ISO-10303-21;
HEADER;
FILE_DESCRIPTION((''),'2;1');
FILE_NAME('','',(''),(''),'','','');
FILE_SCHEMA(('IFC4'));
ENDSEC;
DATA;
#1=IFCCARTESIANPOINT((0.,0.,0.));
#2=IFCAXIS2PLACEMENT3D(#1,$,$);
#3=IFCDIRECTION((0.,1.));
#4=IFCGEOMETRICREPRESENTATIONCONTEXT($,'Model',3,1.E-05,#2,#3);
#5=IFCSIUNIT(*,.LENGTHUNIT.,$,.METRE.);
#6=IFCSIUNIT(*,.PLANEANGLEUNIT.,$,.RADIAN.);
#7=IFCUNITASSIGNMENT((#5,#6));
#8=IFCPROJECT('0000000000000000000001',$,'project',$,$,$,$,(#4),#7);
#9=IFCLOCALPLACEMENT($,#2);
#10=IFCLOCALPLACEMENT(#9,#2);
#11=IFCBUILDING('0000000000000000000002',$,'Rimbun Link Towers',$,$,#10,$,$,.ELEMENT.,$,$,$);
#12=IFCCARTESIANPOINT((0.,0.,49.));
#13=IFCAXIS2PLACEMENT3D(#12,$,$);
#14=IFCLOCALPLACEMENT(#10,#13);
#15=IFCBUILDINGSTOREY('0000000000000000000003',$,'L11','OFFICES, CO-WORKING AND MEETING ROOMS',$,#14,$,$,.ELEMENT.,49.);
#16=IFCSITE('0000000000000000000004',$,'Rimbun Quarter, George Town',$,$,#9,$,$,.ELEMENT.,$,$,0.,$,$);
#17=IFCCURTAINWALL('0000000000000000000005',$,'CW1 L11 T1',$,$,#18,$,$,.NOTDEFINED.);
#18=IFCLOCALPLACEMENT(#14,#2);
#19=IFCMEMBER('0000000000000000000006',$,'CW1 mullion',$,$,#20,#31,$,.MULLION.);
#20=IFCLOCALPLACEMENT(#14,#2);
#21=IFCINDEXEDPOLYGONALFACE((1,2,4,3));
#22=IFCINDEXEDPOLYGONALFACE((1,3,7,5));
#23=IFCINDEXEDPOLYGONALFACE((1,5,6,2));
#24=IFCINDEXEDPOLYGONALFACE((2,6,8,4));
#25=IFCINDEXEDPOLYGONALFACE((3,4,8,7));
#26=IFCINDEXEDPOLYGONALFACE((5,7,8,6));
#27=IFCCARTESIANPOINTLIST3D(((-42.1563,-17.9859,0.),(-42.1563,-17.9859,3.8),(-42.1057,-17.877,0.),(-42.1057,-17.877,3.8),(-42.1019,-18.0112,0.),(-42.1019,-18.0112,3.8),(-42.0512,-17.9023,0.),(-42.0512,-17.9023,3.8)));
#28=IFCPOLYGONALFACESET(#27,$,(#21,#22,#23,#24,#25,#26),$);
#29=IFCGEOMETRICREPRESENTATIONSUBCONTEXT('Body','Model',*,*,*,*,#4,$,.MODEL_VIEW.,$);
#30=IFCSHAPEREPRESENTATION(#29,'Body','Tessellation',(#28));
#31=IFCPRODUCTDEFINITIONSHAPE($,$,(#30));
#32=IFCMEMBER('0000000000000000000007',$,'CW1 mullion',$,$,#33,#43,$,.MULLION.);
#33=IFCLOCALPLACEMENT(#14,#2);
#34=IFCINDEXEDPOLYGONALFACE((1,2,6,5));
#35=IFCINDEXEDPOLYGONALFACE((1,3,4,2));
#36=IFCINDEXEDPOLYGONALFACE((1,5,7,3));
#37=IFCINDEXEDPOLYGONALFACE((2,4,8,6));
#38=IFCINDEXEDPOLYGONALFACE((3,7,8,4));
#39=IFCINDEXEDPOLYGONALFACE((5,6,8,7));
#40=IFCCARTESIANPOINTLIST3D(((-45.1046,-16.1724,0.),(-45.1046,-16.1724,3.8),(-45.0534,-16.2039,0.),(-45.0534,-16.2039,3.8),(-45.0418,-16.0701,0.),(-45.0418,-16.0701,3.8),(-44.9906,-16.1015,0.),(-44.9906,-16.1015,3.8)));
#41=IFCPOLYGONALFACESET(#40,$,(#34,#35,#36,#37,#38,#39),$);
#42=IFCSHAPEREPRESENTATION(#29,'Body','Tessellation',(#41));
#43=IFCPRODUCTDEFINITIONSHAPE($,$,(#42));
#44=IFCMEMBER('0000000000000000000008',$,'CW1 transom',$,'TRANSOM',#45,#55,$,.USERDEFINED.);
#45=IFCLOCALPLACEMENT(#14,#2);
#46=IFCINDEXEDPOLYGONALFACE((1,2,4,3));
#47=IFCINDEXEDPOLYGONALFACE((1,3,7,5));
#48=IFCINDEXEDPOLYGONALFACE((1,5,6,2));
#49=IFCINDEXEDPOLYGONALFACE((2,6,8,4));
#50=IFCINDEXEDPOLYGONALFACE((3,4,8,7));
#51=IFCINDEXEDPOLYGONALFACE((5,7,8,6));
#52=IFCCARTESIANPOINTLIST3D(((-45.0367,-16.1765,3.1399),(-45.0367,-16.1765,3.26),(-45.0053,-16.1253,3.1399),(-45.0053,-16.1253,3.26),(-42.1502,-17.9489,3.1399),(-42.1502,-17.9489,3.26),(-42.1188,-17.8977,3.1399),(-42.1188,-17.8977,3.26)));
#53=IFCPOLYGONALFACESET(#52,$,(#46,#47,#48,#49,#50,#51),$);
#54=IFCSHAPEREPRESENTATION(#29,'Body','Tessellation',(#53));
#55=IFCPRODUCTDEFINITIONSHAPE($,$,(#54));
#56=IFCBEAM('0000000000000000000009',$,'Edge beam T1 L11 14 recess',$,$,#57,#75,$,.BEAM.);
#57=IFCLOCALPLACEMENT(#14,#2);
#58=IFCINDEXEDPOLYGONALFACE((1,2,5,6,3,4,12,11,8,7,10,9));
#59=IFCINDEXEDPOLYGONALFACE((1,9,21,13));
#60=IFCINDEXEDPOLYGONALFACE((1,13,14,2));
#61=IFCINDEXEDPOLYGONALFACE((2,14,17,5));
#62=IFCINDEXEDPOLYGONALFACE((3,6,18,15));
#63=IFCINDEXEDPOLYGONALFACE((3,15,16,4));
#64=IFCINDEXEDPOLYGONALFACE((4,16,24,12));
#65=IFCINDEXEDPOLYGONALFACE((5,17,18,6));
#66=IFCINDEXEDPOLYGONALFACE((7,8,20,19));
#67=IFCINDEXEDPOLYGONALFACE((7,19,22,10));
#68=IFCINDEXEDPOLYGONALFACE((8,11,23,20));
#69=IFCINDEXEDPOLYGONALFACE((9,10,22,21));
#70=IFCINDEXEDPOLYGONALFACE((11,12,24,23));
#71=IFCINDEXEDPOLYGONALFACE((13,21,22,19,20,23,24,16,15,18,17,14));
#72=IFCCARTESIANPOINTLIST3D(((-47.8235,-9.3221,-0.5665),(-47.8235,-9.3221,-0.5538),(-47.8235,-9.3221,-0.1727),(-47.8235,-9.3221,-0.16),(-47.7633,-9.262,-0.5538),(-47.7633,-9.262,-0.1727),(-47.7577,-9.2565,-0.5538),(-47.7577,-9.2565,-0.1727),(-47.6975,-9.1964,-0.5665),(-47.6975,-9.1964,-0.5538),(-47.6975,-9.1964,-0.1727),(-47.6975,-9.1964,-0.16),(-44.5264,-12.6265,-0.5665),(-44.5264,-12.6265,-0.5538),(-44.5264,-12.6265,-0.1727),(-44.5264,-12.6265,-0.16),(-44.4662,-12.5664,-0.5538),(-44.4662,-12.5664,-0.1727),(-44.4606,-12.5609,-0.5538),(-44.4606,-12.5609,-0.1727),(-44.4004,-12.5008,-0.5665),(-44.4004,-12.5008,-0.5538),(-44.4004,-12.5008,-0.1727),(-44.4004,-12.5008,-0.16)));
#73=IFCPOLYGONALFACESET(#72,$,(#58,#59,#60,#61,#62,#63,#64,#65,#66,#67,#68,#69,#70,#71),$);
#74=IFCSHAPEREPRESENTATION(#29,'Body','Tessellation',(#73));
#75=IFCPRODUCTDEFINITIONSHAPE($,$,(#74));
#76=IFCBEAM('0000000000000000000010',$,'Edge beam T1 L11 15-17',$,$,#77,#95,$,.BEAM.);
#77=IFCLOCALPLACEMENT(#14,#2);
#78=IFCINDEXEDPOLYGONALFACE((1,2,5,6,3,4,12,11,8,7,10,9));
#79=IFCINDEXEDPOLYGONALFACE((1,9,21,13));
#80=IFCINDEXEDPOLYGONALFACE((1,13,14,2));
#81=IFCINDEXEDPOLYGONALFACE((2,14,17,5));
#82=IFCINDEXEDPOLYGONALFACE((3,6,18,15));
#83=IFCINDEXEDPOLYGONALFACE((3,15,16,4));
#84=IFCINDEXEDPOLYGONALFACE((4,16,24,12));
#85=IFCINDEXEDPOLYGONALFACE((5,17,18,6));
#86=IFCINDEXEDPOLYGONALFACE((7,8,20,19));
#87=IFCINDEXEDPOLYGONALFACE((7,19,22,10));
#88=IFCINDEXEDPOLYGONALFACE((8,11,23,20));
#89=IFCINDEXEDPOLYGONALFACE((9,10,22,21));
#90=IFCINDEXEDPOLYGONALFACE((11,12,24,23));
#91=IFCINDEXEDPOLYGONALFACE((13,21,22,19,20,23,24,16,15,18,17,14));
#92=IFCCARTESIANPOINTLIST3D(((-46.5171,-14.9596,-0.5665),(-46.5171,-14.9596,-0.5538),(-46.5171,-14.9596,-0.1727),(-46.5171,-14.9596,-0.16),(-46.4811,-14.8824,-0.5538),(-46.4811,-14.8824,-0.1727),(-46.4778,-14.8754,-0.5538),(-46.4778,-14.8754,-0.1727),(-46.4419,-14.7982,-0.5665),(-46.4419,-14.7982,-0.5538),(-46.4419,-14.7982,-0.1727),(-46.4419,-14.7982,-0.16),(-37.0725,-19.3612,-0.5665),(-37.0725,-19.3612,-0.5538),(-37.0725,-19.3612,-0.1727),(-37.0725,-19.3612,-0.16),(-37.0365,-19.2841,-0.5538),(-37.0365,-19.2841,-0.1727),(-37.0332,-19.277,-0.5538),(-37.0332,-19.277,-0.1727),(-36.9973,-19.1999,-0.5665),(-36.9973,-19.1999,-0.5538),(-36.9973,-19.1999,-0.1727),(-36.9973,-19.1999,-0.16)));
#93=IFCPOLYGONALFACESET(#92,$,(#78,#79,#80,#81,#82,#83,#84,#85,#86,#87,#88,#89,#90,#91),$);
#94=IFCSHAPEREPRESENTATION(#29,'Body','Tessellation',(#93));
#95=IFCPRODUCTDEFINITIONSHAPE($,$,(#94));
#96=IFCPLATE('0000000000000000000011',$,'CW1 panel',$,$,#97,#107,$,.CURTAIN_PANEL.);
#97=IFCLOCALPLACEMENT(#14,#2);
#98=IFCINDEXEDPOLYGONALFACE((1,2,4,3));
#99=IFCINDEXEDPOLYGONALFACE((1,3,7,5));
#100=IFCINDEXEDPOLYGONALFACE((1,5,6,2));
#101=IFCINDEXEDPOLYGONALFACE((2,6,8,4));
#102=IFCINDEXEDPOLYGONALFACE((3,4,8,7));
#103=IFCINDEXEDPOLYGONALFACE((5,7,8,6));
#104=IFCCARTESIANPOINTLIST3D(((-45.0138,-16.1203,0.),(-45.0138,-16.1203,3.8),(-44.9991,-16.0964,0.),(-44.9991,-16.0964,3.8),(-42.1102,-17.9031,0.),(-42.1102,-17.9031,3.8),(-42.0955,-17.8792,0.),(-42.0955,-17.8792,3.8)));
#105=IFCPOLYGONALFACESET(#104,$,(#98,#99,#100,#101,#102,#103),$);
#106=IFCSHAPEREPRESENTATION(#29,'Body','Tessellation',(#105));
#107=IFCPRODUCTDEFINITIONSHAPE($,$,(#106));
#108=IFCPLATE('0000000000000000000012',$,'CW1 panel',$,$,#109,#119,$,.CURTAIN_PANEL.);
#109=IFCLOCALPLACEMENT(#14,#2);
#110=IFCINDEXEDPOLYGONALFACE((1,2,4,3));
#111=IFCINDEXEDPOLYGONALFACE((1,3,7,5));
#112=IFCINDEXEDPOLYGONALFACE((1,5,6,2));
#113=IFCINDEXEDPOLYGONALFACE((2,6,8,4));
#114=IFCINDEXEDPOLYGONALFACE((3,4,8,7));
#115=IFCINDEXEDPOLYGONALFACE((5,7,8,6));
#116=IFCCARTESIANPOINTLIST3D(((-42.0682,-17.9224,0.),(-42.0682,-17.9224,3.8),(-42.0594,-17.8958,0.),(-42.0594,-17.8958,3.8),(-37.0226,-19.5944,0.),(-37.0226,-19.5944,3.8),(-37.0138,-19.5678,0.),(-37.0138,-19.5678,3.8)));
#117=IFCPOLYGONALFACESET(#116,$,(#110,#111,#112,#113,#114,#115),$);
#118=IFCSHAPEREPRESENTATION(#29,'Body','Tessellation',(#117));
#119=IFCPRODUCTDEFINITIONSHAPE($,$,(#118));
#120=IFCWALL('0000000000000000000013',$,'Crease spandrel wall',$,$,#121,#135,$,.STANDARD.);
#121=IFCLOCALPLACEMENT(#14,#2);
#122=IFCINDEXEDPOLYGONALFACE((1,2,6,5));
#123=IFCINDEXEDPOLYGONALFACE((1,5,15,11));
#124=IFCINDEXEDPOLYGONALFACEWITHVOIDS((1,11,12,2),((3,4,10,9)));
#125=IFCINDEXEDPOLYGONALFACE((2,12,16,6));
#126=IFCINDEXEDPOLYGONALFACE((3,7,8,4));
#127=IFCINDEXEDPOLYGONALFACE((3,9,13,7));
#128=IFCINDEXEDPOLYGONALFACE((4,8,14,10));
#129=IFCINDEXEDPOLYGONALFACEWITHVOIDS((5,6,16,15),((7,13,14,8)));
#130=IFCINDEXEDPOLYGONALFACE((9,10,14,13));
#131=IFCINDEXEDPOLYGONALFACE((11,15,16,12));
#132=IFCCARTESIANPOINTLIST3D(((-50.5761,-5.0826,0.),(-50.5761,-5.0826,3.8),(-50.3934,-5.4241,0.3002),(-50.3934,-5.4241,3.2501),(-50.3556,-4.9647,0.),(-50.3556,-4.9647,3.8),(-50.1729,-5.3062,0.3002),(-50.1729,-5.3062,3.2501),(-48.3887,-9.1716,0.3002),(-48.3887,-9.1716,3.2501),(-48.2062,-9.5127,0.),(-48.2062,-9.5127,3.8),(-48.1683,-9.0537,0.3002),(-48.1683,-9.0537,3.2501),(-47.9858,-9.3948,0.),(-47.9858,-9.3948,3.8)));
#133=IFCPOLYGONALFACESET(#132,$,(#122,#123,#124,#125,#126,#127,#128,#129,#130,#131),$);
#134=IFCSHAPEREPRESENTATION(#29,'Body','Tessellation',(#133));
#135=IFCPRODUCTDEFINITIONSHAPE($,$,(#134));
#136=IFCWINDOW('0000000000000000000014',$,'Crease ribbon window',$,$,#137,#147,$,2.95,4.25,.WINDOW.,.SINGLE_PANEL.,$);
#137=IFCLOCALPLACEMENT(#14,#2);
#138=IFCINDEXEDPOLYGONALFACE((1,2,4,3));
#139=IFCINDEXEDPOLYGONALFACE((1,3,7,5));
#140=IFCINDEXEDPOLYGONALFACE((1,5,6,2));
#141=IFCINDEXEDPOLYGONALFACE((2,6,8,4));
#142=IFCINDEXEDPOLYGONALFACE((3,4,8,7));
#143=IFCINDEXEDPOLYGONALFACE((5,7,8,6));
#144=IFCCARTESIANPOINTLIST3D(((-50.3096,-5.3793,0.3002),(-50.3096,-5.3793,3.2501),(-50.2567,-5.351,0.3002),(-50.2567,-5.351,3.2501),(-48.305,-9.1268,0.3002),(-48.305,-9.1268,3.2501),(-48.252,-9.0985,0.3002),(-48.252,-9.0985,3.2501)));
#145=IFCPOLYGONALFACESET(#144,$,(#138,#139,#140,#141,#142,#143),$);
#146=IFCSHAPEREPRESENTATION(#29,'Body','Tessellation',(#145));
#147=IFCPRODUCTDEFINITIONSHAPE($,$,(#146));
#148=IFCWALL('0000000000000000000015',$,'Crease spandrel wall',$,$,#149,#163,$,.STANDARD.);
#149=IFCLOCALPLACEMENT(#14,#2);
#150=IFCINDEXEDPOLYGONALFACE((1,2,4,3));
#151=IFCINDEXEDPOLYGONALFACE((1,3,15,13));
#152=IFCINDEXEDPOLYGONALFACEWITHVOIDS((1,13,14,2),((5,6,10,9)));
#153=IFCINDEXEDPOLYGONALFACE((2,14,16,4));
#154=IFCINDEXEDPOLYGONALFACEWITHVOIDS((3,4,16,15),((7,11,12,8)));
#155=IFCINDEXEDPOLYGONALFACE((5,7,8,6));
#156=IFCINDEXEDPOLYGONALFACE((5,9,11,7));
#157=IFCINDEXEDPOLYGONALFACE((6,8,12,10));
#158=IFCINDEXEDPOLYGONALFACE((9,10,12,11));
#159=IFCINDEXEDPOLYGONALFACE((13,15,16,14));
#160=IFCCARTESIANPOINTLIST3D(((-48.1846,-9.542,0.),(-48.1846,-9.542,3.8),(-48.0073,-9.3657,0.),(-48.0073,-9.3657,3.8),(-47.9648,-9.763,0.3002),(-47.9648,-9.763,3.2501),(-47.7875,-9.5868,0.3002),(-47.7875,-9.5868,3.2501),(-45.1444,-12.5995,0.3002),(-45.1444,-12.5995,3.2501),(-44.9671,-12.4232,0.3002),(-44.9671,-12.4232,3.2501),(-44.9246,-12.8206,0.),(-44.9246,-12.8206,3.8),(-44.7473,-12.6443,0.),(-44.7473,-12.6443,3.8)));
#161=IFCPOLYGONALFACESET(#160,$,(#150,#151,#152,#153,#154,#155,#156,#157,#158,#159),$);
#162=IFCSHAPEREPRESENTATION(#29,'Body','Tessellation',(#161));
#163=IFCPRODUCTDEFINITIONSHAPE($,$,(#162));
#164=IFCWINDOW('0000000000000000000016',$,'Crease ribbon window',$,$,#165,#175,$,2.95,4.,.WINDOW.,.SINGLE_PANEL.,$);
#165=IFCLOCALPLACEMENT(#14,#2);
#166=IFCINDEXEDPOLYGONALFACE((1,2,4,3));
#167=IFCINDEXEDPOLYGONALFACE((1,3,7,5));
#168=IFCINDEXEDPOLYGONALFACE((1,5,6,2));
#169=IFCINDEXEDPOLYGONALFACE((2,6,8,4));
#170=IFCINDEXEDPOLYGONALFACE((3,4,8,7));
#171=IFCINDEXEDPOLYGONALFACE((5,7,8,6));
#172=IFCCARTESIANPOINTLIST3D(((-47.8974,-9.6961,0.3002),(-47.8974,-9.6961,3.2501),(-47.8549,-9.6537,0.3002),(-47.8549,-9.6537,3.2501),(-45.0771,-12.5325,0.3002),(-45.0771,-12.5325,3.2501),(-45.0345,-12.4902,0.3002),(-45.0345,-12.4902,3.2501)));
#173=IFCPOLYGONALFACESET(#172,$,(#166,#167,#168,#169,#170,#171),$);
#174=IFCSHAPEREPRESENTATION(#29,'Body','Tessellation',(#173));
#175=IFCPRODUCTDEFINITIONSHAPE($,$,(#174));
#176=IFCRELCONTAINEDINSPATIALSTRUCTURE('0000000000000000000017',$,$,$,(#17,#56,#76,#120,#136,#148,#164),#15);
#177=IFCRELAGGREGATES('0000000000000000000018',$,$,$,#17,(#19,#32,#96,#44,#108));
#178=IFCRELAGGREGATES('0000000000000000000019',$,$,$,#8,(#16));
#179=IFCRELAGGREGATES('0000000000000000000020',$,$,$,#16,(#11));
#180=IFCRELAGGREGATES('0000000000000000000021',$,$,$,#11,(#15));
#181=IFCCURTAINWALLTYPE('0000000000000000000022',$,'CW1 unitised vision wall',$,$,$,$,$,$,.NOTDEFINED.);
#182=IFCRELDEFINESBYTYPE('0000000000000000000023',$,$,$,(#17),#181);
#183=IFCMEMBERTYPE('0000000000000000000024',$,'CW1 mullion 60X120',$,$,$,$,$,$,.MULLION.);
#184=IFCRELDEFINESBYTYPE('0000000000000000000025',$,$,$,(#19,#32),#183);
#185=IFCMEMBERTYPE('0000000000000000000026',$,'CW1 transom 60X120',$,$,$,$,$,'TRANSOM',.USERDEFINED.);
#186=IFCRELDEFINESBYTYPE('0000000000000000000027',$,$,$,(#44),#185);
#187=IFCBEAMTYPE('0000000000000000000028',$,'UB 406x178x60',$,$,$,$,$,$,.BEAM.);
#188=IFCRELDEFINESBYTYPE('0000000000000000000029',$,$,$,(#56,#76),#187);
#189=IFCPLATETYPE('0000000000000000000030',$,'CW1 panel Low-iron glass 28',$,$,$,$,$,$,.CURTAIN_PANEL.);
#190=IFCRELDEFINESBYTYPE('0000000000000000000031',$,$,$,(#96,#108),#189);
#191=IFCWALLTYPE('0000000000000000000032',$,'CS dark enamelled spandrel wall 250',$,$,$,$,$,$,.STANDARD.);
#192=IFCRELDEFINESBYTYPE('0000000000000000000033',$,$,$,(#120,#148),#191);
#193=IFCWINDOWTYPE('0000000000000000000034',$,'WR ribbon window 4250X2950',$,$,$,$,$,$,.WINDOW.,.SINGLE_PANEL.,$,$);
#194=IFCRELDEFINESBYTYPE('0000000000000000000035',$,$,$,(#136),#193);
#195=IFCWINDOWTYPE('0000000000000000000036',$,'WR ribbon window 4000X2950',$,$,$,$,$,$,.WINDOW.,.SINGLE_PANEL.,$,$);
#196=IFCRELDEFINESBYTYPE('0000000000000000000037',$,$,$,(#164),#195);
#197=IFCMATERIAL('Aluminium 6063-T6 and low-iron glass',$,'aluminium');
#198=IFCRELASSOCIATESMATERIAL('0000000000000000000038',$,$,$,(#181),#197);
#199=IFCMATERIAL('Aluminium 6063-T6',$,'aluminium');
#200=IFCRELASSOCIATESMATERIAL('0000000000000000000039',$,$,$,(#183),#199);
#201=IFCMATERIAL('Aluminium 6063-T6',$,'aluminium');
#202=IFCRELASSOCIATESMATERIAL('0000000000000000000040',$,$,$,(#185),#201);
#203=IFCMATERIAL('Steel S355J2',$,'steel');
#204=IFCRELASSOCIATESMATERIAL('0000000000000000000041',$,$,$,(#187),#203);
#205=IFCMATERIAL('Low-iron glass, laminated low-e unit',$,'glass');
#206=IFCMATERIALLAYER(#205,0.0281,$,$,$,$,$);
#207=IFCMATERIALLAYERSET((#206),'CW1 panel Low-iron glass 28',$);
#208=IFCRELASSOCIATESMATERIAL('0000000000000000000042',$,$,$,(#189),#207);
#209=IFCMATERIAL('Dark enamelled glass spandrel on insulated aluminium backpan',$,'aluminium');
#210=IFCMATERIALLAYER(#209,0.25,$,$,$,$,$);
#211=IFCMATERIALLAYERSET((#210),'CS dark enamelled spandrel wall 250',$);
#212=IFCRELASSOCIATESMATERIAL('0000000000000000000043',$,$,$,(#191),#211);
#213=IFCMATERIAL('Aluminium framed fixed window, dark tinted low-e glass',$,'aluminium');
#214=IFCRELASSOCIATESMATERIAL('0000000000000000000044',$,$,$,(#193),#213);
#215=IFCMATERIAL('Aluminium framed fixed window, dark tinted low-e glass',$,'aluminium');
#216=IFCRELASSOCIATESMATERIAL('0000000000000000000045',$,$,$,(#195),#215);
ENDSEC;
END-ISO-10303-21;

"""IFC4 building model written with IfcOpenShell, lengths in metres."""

from ifc_helpers import new_model, si_unit, direction, frame, frame_2d, origin, origin_2d, place, context, subcontext, project, spatial, rectangle, i_section, extrude, material, layer, layer_set, material_profile, profile_set, type_object, element, fill, aggregate, save


model = new_model("IFC4")

# Units and contexts
model_context = context("Model", 3, precision=1e-05, world=origin(), true_north=direction((0.0, 1.0)))
body_context = subcontext(model_context, "Body", "Model", "MODEL_VIEW")
ifc_project = project(units=[si_unit("LENGTHUNIT", "METRE"), si_unit("PLANEANGLEUNIT", "RADIAN")], contexts=[model_context])

# Site, building, storey
site_placement = place(None, origin())
site = spatial("IfcSite", under=ifc_project, at=site_placement, Name="Rimbun Quarter, George Town", CompositionType="ELEMENT", RefElevation=0.0)
building_placement = place(site_placement, origin())
building = spatial("IfcBuilding", under=site, at=building_placement, Name="Rimbun Link Towers", CompositionType="ELEMENT")
storey_placement = place(building_placement, frame((0.0, 0.0, 49.0)))
storey = spatial("IfcBuildingStorey", under=building, at=storey_placement, Name="L11", Description="OFFICES, CO-WORKING AND MEETING ROOMS", CompositionType="ELEMENT", Elevation=49.0)

# Curtain wall, members
ifc_material_1 = material(Name="Aluminium 6063-T6 and low-iron glass", Category="aluminium")
curtain_wall_type = type_object("IfcCurtainWallType", Name="CW1 unitised vision wall", PredefinedType="NOTDEFINED", material=ifc_material_1)
curtain_wall_placement = place(storey_placement, origin())
curtain_wall = element("IfcCurtainWall", 1, at=curtain_wall_placement, inside=storey, type_object=curtain_wall_type, Name="CW1 L11 T1", PredefinedType="NOTDEFINED")
ifc_material_2 = material(Name="Aluminium 6063-T6", Category="aluminium")
ifc_material_profile_1 = material_profile(ifc_material_2, rectangle(XDim=0.1201, YDim=0.0601, at=origin_2d()), Name="MULLION 60X120")
ifc_profile_set_1 = profile_set([ifc_material_profile_1], Name="Aluminium 6063-T6")
member_type_1 = type_object("IfcMemberType", Name="CW1 mullion 60X120", PredefinedType="MULLION", material=ifc_profile_set_1)
member_1_placement = place(storey_placement, frame((-42.1038, -17.9441, 0.0), z_axis=(0.0, 0.0, 1.0), x_axis=(-0.421701, -0.906735, 0.0)))
member_1 = element("IfcMember", 2, at=member_1_placement, type_object=member_type_1, Name="CW1 mullion", PredefinedType="MULLION", context=body_context, shape_type="SweptSolid", body=[
    extrude(rectangle(XDim=0.1201, YDim=0.0601, at=origin_2d()), origin(), (0.0, 0.0, 1.0), 3.8),
])
member_2_placement = place(storey_placement, frame((-45.0476, -16.137, 0.0), z_axis=(0.0, 0.0, 1.0), x_axis=(-0.523241, -0.852185, 0.0)))
member_2 = element("IfcMember", 3, at=member_2_placement, type_object=member_type_1, Name="CW1 mullion", PredefinedType="MULLION", context=body_context, shape_type="SweptSolid", body=[
    extrude(rectangle(XDim=0.1201, YDim=0.0601, at=origin_2d()), origin(), (0.0, 0.0, 1.0), 3.8),
])
ifc_material_3 = material(Name="Aluminium 6063-T6", Category="aluminium")
ifc_material_profile_2 = material_profile(ifc_material_3, rectangle(XDim=0.0601, YDim=0.1201, at=origin_2d()), Name="TRANSOM 60X120")
ifc_profile_set_2 = profile_set([ifc_material_profile_2], Name="Aluminium 6063-T6")
member_type_2 = type_object("IfcMemberType", Name="CW1 transom 60X120", ElementType="TRANSOM", PredefinedType="USERDEFINED", material=ifc_profile_set_2)
member_3_placement = place(storey_placement, frame((-42.1345, -17.9233, 3.2), z_axis=(-0.852163, 0.523277, 0.0), x_axis=(-0.523277, -0.852163, 0.0)))
member_3 = element("IfcMember", 4, at=member_3_placement, type_object=member_type_2, Name="CW1 transom", ObjectType="TRANSOM", PredefinedType="USERDEFINED", context=body_context, shape_type="SweptSolid", body=[
    extrude(rectangle(XDim=0.0601, YDim=0.1201, at=origin_2d()), origin(), (0.0, 0.0, 1.0), 3.3872),
])

# Beams
ifc_material_4 = material(Name="Steel S355J2", Category="steel")
ifc_material_profile_3 = material_profile(ifc_material_4, i_section(OverallWidth=0.178, OverallDepth=0.4065, WebThickness=0.0078, FlangeThickness=0.0127, at=origin_2d()), Name="UB 406x178x60")
ifc_profile_set_3 = profile_set([ifc_material_profile_3], Name="Steel S355J2")
beam_type = type_object("IfcBeamType", Name="UB 406x178x60", PredefinedType="BEAM", material=ifc_profile_set_3)
beam_1_placement = place(storey_placement, frame((-47.7605, -9.2593, -0.3633), z_axis=(0.706322, -0.707891, 0.0), x_axis=(0.707891, 0.706322, 0.0)))
element("IfcBeam", 5, at=beam_1_placement, inside=storey, type_object=beam_type, Name="Edge beam T1 L11 14 recess", PredefinedType="BEAM", context=body_context, shape_type="SweptSolid", body=[
    extrude(i_section(OverallWidth=0.178, OverallDepth=0.4065, WebThickness=0.0078, FlangeThickness=0.0127, at=origin_2d()), origin(), (0.0, 0.0, 1.0), 4.668),
])
beam_2_placement = place(storey_placement, frame((-46.4795, -14.8789, -0.3633), z_axis=(0.906399, -0.422424, 0.0), x_axis=(0.422424, 0.906399, 0.0)))
element("IfcBeam", 6, at=beam_2_placement, inside=storey, type_object=beam_type, Name="Edge beam T1 L11 15-17", PredefinedType="BEAM", context=body_context, shape_type="SweptSolid", body=[
    extrude(i_section(OverallWidth=0.178, OverallDepth=0.4065, WebThickness=0.0078, FlangeThickness=0.0127, at=origin_2d()), origin(), (0.0, 0.0, 1.0), 10.4199),
])

# Plates
ifc_material_5 = material(Name="Low-iron glass, laminated low-e unit", Category="glass")
ifc_layer_1 = layer(ifc_material_5, 0.0281)
ifc_layer_set_1 = layer_set([ifc_layer_1], Name="CW1 panel Low-iron glass 28")
plate_type = type_object("IfcPlateType", Name="CW1 panel Low-iron glass 28", PredefinedType="CURTAIN_PANEL", material=ifc_layer_set_1)
plate_1_placement = place(storey_placement, frame((-43.5547, -16.9998, 0.0), z_axis=(0.0, 0.0, 1.0), x_axis=(-0.852185, 0.523241, 0.0)))
plate_1 = element("IfcPlate", 7, at=plate_1_placement, type_object=plate_type, Name="CW1 panel", PredefinedType="CURTAIN_PANEL", context=body_context, shape_type="SweptSolid", body=[
    extrude(rectangle(XDim=3.4072, YDim=0.0281, at=origin_2d()), origin(), (0.0, 0.0, 1.0), 3.8),
])
plate_2_placement = place(storey_placement, frame((-39.541, -18.7451, 0.0), z_axis=(0.0, 0.0, 1.0), x_axis=(-0.949238, 0.314558, 0.0)))
plate_2 = element("IfcPlate", 8, at=plate_2_placement, type_object=plate_type, Name="CW1 panel", PredefinedType="CURTAIN_PANEL", context=body_context, shape_type="SweptSolid", body=[
    extrude(rectangle(XDim=5.3154, YDim=0.0281, at=origin_2d()), origin(), (0.0, 0.0, 1.0), 3.8),
])
aggregate(curtain_wall, [member_1, member_2, plate_1, member_3, plate_2])

# Walls, openings, windows
ifc_material_6 = material(Name="Dark enamelled glass spandrel on insulated aluminium backpan", Category="aluminium")
ifc_layer_2 = layer(ifc_material_6, 0.25)
ifc_layer_set_2 = layer_set([ifc_layer_2], Name="CS dark enamelled spandrel wall 250")
wall_type_1 = type_object("IfcWallType", Name="CS dark enamelled spandrel wall 250", PredefinedType="STANDARD", material=ifc_layer_set_2)
wall_1_placement = place(storey_placement, frame((-48.0959, -9.4539, 0.0), z_axis=(0.0, 0.0, 1.0), x_axis=(-0.47169, 0.881764, 0.0)))
wall_1 = element("IfcWall", 9, at=wall_1_placement, inside=storey, type_object=wall_type_1, Name="Crease spandrel wall", PredefinedType="STANDARD", context=body_context, shape_type="SweptSolid", body=[
    extrude(rectangle(XDim=5.0242, YDim=0.25, at=frame_2d((2.5122, 0.0))), origin(), (0.0, 0.0, 1.0), 3.8),
])
opening_1_placement = place(wall_1_placement, frame((0.387, 0.0, 0.3)))
opening_1 = element("IfcOpeningElement", 10, at=opening_1_placement, cuts=wall_1, PredefinedType="OPENING", context=body_context, shape_type="SweptSolid", body=[
    extrude(rectangle(XDim=4.25, YDim=2.95, at=frame_2d((2.125, 1.4751))), frame((0.0, 0.135, 0.0), z_axis=(0.0, -1.0, 0.0), x_axis=(1.0, 0.0, 0.0)), (0.0, 0.0, 1.0), 0.27),
])
ifc_material_7 = material(Name="Aluminium framed fixed window, dark tinted low-e glass", Category="aluminium")
window_type_1 = type_object("IfcWindowType", Name="WR ribbon window 4250X2950", PartitioningType="SINGLE_PANEL", PredefinedType="WINDOW", material=ifc_material_7)
window_1_placement = place(opening_1_placement, origin())
window_1 = element("IfcWindow", 11, at=window_1_placement, inside=storey, type_object=window_type_1, Name="Crease ribbon window", OverallHeight=2.95, OverallWidth=4.25, PartitioningType="SINGLE_PANEL", PredefinedType="WINDOW", context=body_context, shape_type="SweptSolid", body=[
    extrude(rectangle(XDim=4.25, YDim=2.95, at=frame_2d((2.125, 1.4751))), frame((0.0, 0.03, 0.0), z_axis=(0.0, -1.0, 0.0), x_axis=(1.0, 0.0, 0.0)), (0.0, 0.0, 1.0), 0.0601),
])
fill(opening_1, window_1)
wall_2_placement = place(storey_placement, frame((-44.8359, -12.7324, 0.0), z_axis=(0.0, 0.0, 1.0), x_axis=(-0.705097, 0.709111, 0.0)))
wall_2 = element("IfcWall", 12, at=wall_2_placement, inside=storey, type_object=wall_type_1, Name="Crease spandrel wall", PredefinedType="STANDARD", context=body_context, shape_type="SweptSolid", body=[
    extrude(rectangle(XDim=4.6235, YDim=0.25, at=frame_2d((2.3118, 0.0))), origin(), (0.0, 0.0, 1.0), 3.8),
])
opening_2_placement = place(wall_2_placement, frame((0.3118, 0.0, 0.3)))
opening_2 = element("IfcOpeningElement", 13, at=opening_2_placement, cuts=wall_2, PredefinedType="OPENING", context=body_context, shape_type="SweptSolid", body=[
    extrude(rectangle(XDim=4.0, YDim=2.95, at=frame_2d((2.0, 1.4751))), frame((0.0, 0.135, 0.0), z_axis=(0.0, -1.0, 0.0), x_axis=(1.0, 0.0, 0.0)), (0.0, 0.0, 1.0), 0.27),
])
ifc_material_8 = material(Name="Aluminium framed fixed window, dark tinted low-e glass", Category="aluminium")
window_type_2 = type_object("IfcWindowType", Name="WR ribbon window 4000X2950", PartitioningType="SINGLE_PANEL", PredefinedType="WINDOW", material=ifc_material_8)
window_2_placement = place(opening_2_placement, origin())
window_2 = element("IfcWindow", 14, at=window_2_placement, inside=storey, type_object=window_type_2, Name="Crease ribbon window", OverallHeight=2.95, OverallWidth=4.0, PartitioningType="SINGLE_PANEL", PredefinedType="WINDOW", context=body_context, shape_type="SweptSolid", body=[
    extrude(rectangle(XDim=4.0, YDim=2.95, at=frame_2d((2.0, 1.4751))), frame((0.0, 0.03, 0.0), z_axis=(0.0, -1.0, 0.0), x_axis=(1.0, 0.0, 0.0)), (0.0, 0.0, 1.0), 0.0601),
])
fill(opening_2, window_2)

save(model, "model.ifc")
